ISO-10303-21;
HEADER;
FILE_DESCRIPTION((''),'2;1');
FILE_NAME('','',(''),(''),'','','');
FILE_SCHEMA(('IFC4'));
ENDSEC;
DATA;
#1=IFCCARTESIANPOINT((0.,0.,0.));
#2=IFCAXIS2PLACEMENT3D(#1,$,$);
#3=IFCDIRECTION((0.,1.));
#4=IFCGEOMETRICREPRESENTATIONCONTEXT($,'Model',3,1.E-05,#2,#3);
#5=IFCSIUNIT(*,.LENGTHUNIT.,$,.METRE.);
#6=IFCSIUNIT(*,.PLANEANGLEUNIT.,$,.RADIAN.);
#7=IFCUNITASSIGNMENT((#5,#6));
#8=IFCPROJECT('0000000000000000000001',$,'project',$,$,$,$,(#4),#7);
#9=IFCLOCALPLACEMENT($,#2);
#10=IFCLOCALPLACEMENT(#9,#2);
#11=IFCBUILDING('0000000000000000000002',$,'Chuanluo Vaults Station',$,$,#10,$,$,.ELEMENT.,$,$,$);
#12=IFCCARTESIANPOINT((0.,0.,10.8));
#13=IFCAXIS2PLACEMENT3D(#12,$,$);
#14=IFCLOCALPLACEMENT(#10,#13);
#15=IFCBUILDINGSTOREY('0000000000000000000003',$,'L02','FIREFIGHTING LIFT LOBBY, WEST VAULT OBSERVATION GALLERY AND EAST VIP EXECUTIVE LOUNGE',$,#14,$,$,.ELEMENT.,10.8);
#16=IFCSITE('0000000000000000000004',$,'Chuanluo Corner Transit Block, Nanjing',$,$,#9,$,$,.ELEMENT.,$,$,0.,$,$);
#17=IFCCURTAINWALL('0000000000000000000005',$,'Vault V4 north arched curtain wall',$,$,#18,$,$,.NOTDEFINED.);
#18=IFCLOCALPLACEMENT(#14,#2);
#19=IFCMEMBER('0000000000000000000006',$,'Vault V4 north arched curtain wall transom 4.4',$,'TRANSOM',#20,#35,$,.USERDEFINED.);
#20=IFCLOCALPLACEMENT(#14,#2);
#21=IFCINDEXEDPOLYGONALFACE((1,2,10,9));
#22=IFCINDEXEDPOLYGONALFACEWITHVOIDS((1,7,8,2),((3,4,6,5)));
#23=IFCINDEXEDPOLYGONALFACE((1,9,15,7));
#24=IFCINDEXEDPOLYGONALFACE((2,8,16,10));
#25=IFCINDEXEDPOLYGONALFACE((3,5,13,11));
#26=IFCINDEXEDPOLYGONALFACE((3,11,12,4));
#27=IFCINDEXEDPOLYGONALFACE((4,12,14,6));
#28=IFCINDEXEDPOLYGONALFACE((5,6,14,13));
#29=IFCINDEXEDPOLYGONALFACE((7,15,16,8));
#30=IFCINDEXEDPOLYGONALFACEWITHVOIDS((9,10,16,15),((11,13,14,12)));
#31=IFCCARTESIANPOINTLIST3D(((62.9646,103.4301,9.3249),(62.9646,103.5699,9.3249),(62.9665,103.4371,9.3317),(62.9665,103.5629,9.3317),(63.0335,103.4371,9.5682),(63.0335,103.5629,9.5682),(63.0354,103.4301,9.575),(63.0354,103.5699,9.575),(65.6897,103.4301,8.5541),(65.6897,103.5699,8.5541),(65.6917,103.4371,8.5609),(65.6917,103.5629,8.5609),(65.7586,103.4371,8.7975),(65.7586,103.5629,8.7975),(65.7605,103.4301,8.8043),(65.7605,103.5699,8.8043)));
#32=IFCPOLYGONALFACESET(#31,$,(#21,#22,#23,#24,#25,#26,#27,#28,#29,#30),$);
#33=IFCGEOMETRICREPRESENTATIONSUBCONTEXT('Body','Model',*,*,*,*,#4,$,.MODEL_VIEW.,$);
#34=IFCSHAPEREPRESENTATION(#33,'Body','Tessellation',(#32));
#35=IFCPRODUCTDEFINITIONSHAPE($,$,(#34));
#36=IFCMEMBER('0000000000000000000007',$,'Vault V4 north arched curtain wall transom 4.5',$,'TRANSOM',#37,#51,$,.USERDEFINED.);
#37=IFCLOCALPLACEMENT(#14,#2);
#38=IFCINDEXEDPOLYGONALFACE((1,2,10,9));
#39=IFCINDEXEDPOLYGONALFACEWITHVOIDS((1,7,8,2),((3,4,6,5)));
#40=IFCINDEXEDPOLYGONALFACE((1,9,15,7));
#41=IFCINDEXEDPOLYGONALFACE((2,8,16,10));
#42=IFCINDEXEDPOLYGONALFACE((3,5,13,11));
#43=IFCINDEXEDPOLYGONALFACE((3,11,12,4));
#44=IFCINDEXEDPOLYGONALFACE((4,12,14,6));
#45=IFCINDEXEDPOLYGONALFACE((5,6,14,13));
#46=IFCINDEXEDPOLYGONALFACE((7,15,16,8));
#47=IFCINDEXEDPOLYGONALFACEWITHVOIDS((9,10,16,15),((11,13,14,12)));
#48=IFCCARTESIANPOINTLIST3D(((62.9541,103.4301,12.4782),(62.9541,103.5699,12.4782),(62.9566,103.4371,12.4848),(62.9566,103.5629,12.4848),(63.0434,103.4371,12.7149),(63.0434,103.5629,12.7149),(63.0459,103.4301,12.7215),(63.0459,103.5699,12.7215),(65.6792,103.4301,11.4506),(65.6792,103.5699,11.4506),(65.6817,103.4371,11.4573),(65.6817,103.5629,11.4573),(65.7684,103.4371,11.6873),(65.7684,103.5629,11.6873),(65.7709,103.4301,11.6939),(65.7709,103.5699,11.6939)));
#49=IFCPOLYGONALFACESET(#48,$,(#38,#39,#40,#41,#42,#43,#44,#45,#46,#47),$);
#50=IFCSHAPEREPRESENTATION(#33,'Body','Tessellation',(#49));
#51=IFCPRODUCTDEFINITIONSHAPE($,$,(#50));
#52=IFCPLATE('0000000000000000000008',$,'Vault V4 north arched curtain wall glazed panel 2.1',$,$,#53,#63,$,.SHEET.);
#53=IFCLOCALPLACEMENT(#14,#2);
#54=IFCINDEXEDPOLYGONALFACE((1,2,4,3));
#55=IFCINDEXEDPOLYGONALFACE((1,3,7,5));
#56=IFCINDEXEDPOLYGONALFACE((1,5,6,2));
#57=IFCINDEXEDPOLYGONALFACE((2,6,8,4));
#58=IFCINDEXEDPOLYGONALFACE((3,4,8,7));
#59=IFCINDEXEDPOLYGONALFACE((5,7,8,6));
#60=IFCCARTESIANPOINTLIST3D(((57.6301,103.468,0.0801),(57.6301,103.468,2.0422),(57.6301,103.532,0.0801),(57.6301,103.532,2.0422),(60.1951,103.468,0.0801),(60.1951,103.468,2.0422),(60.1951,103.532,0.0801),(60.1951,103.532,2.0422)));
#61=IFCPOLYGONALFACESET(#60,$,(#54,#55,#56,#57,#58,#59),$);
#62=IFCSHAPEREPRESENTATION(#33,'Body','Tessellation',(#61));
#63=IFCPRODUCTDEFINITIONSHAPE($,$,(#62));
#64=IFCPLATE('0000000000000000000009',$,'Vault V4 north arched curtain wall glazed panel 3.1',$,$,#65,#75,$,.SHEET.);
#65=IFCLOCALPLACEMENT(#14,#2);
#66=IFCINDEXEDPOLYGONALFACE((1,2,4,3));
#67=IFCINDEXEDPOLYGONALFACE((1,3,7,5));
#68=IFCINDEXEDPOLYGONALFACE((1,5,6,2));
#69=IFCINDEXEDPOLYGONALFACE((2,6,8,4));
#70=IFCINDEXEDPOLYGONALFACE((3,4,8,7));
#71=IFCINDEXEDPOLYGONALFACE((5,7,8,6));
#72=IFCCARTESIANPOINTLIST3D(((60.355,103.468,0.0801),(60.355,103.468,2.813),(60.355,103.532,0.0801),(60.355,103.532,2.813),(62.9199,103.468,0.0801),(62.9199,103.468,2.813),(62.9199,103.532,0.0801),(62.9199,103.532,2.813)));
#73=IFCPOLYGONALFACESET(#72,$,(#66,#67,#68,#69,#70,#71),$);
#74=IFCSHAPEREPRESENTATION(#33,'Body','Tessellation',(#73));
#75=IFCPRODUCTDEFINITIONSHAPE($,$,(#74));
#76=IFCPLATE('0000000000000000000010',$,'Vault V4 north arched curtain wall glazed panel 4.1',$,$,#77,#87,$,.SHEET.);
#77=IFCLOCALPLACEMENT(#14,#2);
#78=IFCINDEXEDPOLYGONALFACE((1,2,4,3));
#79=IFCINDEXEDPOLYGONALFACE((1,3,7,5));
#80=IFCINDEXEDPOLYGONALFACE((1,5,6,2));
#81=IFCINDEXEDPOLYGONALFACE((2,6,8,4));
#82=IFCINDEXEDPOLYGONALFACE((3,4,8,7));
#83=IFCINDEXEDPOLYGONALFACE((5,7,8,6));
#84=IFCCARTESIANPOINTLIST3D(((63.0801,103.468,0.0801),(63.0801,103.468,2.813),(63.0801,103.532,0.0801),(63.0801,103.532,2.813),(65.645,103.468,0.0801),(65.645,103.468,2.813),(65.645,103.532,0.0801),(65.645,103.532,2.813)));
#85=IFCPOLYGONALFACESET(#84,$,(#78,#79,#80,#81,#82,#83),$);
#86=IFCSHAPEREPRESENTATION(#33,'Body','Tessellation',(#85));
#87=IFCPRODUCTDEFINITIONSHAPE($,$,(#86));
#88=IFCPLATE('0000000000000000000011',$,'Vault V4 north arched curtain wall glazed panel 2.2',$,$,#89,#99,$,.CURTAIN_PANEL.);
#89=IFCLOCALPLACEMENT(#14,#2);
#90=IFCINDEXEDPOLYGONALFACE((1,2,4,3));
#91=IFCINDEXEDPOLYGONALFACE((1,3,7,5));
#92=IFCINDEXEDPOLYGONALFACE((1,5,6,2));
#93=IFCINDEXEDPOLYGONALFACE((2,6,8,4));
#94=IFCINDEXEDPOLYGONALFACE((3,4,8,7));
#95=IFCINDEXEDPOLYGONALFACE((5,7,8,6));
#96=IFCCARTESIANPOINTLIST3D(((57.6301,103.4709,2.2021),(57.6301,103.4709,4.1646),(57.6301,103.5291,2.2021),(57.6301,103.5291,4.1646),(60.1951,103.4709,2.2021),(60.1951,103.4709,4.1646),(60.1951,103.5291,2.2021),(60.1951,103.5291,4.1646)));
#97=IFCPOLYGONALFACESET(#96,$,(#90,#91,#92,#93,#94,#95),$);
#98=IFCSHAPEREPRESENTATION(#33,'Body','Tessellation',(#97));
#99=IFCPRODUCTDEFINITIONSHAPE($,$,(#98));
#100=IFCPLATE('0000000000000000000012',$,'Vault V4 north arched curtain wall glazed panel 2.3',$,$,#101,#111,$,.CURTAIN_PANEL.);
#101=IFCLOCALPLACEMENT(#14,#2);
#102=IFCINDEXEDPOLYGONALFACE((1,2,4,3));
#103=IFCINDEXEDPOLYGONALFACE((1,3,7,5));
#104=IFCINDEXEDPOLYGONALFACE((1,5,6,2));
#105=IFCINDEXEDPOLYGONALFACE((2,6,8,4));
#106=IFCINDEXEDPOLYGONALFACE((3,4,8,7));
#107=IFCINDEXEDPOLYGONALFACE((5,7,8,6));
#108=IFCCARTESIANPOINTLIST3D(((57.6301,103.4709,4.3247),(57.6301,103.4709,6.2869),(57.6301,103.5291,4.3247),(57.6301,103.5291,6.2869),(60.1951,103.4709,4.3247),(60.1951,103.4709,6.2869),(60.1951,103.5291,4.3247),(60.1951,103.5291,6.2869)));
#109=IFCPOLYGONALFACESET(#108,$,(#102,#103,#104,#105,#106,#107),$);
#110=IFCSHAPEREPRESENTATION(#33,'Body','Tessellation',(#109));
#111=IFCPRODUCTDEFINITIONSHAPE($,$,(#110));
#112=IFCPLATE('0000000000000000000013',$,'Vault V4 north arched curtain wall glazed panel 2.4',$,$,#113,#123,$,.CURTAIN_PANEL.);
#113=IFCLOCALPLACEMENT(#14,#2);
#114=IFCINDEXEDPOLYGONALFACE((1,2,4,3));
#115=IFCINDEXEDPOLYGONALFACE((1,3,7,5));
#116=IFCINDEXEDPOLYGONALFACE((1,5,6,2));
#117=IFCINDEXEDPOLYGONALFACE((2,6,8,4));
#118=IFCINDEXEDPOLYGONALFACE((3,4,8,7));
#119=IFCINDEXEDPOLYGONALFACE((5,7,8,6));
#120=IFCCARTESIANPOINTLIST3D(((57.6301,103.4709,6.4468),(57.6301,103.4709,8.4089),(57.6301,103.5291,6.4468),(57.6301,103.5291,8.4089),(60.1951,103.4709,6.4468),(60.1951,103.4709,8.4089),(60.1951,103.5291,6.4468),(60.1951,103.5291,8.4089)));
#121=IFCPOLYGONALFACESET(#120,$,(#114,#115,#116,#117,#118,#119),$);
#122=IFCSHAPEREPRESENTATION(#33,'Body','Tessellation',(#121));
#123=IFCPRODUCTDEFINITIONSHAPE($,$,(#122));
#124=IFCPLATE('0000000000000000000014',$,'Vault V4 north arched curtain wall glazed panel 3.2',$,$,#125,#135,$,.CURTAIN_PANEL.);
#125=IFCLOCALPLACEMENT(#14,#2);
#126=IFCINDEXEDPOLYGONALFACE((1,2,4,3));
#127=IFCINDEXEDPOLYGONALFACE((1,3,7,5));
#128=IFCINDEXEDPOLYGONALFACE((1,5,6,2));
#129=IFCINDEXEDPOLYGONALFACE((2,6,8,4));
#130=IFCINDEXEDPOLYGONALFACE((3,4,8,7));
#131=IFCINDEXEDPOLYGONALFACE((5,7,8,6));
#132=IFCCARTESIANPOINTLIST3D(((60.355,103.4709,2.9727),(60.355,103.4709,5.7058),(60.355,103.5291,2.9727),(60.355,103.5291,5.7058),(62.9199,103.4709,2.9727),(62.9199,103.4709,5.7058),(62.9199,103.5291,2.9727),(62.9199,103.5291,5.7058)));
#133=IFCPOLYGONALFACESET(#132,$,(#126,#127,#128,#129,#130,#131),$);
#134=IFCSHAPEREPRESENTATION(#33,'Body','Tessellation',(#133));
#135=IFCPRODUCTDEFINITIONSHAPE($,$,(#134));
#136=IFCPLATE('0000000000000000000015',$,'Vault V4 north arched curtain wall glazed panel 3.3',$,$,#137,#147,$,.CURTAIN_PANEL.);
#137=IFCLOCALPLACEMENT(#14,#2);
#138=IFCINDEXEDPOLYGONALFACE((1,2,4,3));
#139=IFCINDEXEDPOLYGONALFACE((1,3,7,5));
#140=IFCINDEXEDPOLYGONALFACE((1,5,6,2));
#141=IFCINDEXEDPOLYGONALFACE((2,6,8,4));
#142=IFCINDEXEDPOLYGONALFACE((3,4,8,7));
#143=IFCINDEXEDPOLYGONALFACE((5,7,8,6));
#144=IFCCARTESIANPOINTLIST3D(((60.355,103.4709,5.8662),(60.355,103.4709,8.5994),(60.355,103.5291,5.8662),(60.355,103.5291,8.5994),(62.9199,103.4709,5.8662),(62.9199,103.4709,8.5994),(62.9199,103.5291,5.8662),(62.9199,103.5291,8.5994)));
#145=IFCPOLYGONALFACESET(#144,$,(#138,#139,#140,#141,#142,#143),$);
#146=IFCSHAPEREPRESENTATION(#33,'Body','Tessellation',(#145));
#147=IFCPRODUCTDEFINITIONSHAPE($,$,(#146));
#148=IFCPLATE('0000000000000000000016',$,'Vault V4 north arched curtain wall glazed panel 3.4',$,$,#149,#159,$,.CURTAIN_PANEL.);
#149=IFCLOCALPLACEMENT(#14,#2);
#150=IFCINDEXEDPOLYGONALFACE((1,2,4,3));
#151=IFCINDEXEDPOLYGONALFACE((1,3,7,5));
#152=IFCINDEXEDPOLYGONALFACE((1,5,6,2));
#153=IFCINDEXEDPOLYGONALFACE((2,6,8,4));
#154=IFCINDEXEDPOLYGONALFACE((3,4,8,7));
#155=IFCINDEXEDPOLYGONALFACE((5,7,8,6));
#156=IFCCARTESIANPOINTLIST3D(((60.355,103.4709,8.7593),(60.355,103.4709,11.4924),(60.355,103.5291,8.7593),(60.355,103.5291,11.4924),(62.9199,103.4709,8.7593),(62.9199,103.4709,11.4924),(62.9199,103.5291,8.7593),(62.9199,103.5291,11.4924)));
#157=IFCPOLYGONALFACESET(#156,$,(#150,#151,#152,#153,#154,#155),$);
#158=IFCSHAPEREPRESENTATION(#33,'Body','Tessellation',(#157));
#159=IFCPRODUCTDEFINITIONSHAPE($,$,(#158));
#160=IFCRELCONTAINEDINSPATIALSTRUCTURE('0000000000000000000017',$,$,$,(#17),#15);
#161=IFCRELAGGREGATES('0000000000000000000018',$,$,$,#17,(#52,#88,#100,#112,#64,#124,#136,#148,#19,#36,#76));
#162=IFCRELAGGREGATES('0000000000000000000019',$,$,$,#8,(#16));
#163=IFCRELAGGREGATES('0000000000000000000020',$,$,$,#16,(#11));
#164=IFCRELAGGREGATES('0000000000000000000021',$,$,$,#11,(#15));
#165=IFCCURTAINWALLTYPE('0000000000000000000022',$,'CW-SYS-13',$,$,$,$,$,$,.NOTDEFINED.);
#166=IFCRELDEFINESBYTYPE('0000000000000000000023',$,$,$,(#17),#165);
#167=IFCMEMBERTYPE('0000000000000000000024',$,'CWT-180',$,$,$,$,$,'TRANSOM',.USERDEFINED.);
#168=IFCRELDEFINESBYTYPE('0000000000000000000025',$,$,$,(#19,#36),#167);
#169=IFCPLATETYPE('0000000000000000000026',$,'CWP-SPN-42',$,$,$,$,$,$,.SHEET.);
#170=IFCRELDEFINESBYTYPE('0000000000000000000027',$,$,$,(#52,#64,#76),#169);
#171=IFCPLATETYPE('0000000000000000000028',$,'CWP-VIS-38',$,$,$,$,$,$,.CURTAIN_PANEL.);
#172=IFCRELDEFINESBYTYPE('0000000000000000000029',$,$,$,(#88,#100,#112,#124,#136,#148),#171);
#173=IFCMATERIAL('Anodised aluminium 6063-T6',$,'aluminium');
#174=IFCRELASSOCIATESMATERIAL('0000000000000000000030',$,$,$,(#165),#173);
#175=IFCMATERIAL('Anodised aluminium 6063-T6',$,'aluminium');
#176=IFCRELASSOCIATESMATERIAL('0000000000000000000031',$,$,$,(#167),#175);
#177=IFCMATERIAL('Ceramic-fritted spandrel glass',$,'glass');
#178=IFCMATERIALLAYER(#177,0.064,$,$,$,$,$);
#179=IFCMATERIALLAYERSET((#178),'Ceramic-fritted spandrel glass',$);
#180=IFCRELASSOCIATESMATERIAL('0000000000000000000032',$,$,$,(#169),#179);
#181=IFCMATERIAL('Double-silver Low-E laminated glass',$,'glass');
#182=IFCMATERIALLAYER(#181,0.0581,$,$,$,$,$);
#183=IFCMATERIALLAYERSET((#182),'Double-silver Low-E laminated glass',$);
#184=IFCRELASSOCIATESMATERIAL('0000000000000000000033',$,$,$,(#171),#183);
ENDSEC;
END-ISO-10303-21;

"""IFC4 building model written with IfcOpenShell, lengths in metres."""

from ifc_helpers import new_model, si_unit, direction, frame, origin, origin_2d, place, context, subcontext, project, spatial, rectangle, hollow_rectangle, extrude, material, layer, layer_set, material_profile, profile_set, type_object, element, aggregate, save


model = new_model("IFC4")

# Units and contexts
model_context = context("Model", 3, precision=1e-05, world=origin(), true_north=direction((0.0, 1.0)))
body_context = subcontext(model_context, "Body", "Model", "MODEL_VIEW")
ifc_project = project(units=[si_unit("LENGTHUNIT", "METRE"), si_unit("PLANEANGLEUNIT", "RADIAN")], contexts=[model_context])

# Site, building, storey
site_placement = place(None, origin())
site = spatial("IfcSite", under=ifc_project, at=site_placement, Name="Chuanluo Corner Transit Block, Nanjing", CompositionType="ELEMENT", RefElevation=0.0)
building_placement = place(site_placement, origin())
building = spatial("IfcBuilding", under=site, at=building_placement, Name="Chuanluo Vaults Station", CompositionType="ELEMENT")
storey_placement = place(building_placement, frame((0.0, 0.0, 10.8)))
storey = spatial("IfcBuildingStorey", under=building, at=storey_placement, Name="L02", Description="FIREFIGHTING LIFT LOBBY, WEST VAULT OBSERVATION GALLERY AND EAST VIP EXECUTIVE LOUNGE", CompositionType="ELEMENT", Elevation=10.8)

# Curtain wall, members, plates
ifc_material_1 = material(Name="Anodised aluminium 6063-T6", Category="aluminium")
curtain_wall_type = type_object("IfcCurtainWallType", Name="CW-SYS-13", PredefinedType="NOTDEFINED", material=ifc_material_1)
curtain_wall_placement = place(storey_placement, origin())
curtain_wall = element("IfcCurtainWall", 1, at=curtain_wall_placement, inside=storey, type_object=curtain_wall_type, Name="Vault V4 north arched curtain wall", PredefinedType="NOTDEFINED")
ifc_material_2 = material(Name="Anodised aluminium 6063-T6", Category="aluminium")
ifc_material_profile_1 = material_profile(ifc_material_2, hollow_rectangle(XDim=0.1399, YDim=0.26, WallThickness=0.0071, at=origin_2d()))
ifc_profile_set_1 = profile_set([ifc_material_profile_1], Name="Anodised aluminium 6063-T6")
member_type_1 = type_object("IfcMemberType", Name="CWT-180", ElementType="TRANSOM", PredefinedType="USERDEFINED", material=ifc_profile_set_1)
member_1_placement = place(storey_placement, frame((63.0, 103.5, 9.45), z_axis=(0.962252, 0.0, -0.272158), x_axis=(0.0, 1.0, 0.0)))
member_1 = element("IfcMember", 2, at=member_1_placement, type_object=member_type_1, Name="Vault V4 north arched curtain wall transom 4.4", ObjectType="TRANSOM", PredefinedType="USERDEFINED", context=body_context, shape_type="SweptSolid", body=[
    extrude(hollow_rectangle(XDim=0.1399, YDim=0.26, WallThickness=0.0071, at=origin_2d()), origin(), (0.0, 0.0, 1.0), 2.832),
])
member_2_placement = place(storey_placement, frame((63.0, 103.5, 12.5999), z_axis=(0.935687, 0.0, -0.352832), x_axis=(0.0, 1.0, 0.0)))
member_2 = element("IfcMember", 3, at=member_2_placement, type_object=member_type_1, Name="Vault V4 north arched curtain wall transom 4.5", ObjectType="TRANSOM", PredefinedType="USERDEFINED", context=body_context, shape_type="SweptSolid", body=[
    extrude(hollow_rectangle(XDim=0.1399, YDim=0.26, WallThickness=0.0071, at=origin_2d()), origin(), (0.0, 0.0, 1.0), 2.9124),
])
ifc_material_3 = material(Name="Ceramic-fritted spandrel glass", Category="glass")
ifc_layer_1 = layer(ifc_material_3, 0.064)
ifc_layer_set_1 = layer_set([ifc_layer_1], Name="Ceramic-fritted spandrel glass")
plate_type_1 = type_object("IfcPlateType", Name="CWP-SPN-42", PredefinedType="SHEET", material=ifc_layer_set_1)
plate_1_placement = place(storey_placement, frame((58.9126, 103.5, 0.0801), z_axis=(0.0, 0.0, 1.0), x_axis=(1.0, 0.0, 0.0)))
plate_1 = element("IfcPlate", 4, at=plate_1_placement, type_object=plate_type_1, Name="Vault V4 north arched curtain wall glazed panel 2.1", PredefinedType="SHEET", context=body_context, shape_type="SweptSolid", body=[
    extrude(rectangle(XDim=2.5649, YDim=0.064, at=origin_2d()), origin(), (0.0, 0.0, 1.0), 1.9622),
])
plate_2_placement = place(storey_placement, frame((61.6375, 103.5, 0.0801), z_axis=(0.0, 0.0, 1.0), x_axis=(1.0, 0.0, 0.0)))
plate_2 = element("IfcPlate", 5, at=plate_2_placement, type_object=plate_type_1, Name="Vault V4 north arched curtain wall glazed panel 3.1", PredefinedType="SHEET", context=body_context, shape_type="SweptSolid", body=[
    extrude(rectangle(XDim=2.5649, YDim=0.064, at=origin_2d()), origin(), (0.0, 0.0, 1.0), 2.7329),
])
plate_3_placement = place(storey_placement, frame((64.3625, 103.5, 0.0801), z_axis=(0.0, 0.0, 1.0), x_axis=(1.0, 0.0, 0.0)))
plate_3 = element("IfcPlate", 6, at=plate_3_placement, type_object=plate_type_1, Name="Vault V4 north arched curtain wall glazed panel 4.1", PredefinedType="SHEET", context=body_context, shape_type="SweptSolid", body=[
    extrude(rectangle(XDim=2.5649, YDim=0.064, at=origin_2d()), origin(), (0.0, 0.0, 1.0), 2.7329),
])
ifc_material_4 = material(Name="Double-silver Low-E laminated glass", Category="glass")
ifc_layer_2 = layer(ifc_material_4, 0.0581)
ifc_layer_set_2 = layer_set([ifc_layer_2], Name="Double-silver Low-E laminated glass")
plate_type_2 = type_object("IfcPlateType", Name="CWP-VIS-38", PredefinedType="CURTAIN_PANEL", material=ifc_layer_set_2)
plate_4_placement = place(storey_placement, frame((58.9126, 103.5, 2.2021), z_axis=(0.0, 0.0, 1.0), x_axis=(1.0, 0.0, 0.0)))
plate_4 = element("IfcPlate", 7, at=plate_4_placement, type_object=plate_type_2, Name="Vault V4 north arched curtain wall glazed panel 2.2", PredefinedType="CURTAIN_PANEL", context=body_context, shape_type="SweptSolid", body=[
    extrude(rectangle(XDim=2.5649, YDim=0.0581, at=origin_2d()), origin(), (0.0, 0.0, 1.0), 1.9624),
])
plate_5_placement = place(storey_placement, frame((58.9126, 103.5, 4.3247), z_axis=(0.0, 0.0, 1.0), x_axis=(1.0, 0.0, 0.0)))
plate_5 = element("IfcPlate", 8, at=plate_5_placement, type_object=plate_type_2, Name="Vault V4 north arched curtain wall glazed panel 2.3", PredefinedType="CURTAIN_PANEL", context=body_context, shape_type="SweptSolid", body=[
    extrude(rectangle(XDim=2.5649, YDim=0.0581, at=origin_2d()), origin(), (0.0, 0.0, 1.0), 1.9622),
])
plate_6_placement = place(storey_placement, frame((58.9126, 103.5, 6.4468), z_axis=(0.0, 0.0, 1.0), x_axis=(1.0, 0.0, 0.0)))
plate_6 = element("IfcPlate", 9, at=plate_6_placement, type_object=plate_type_2, Name="Vault V4 north arched curtain wall glazed panel 2.4", PredefinedType="CURTAIN_PANEL", context=body_context, shape_type="SweptSolid", body=[
    extrude(rectangle(XDim=2.5649, YDim=0.0581, at=origin_2d()), origin(), (0.0, 0.0, 1.0), 1.9622),
])
plate_7_placement = place(storey_placement, frame((61.6375, 103.5, 2.9727), z_axis=(0.0, 0.0, 1.0), x_axis=(1.0, 0.0, 0.0)))
plate_7 = element("IfcPlate", 10, at=plate_7_placement, type_object=plate_type_2, Name="Vault V4 north arched curtain wall glazed panel 3.2", PredefinedType="CURTAIN_PANEL", context=body_context, shape_type="SweptSolid", body=[
    extrude(rectangle(XDim=2.5649, YDim=0.0581, at=origin_2d()), origin(), (0.0, 0.0, 1.0), 2.7332),
])
plate_8_placement = place(storey_placement, frame((61.6375, 103.5, 5.8662), z_axis=(0.0, 0.0, 1.0), x_axis=(1.0, 0.0, 0.0)))
plate_8 = element("IfcPlate", 11, at=plate_8_placement, type_object=plate_type_2, Name="Vault V4 north arched curtain wall glazed panel 3.3", PredefinedType="CURTAIN_PANEL", context=body_context, shape_type="SweptSolid", body=[
    extrude(rectangle(XDim=2.5649, YDim=0.0581, at=origin_2d()), origin(), (0.0, 0.0, 1.0), 2.7332),
])
plate_9_placement = place(storey_placement, frame((61.6375, 103.5, 8.7593), z_axis=(0.0, 0.0, 1.0), x_axis=(1.0, 0.0, 0.0)))
plate_9 = element("IfcPlate", 12, at=plate_9_placement, type_object=plate_type_2, Name="Vault V4 north arched curtain wall glazed panel 3.4", PredefinedType="CURTAIN_PANEL", context=body_context, shape_type="SweptSolid", body=[
    extrude(rectangle(XDim=2.5649, YDim=0.0581, at=origin_2d()), origin(), (0.0, 0.0, 1.0), 2.7332),
])
aggregate(curtain_wall, [plate_1, plate_4, plate_5, plate_6, plate_2, plate_7, plate_8, plate_9, member_1, member_2, plate_3])

save(model, "model.ifc")
